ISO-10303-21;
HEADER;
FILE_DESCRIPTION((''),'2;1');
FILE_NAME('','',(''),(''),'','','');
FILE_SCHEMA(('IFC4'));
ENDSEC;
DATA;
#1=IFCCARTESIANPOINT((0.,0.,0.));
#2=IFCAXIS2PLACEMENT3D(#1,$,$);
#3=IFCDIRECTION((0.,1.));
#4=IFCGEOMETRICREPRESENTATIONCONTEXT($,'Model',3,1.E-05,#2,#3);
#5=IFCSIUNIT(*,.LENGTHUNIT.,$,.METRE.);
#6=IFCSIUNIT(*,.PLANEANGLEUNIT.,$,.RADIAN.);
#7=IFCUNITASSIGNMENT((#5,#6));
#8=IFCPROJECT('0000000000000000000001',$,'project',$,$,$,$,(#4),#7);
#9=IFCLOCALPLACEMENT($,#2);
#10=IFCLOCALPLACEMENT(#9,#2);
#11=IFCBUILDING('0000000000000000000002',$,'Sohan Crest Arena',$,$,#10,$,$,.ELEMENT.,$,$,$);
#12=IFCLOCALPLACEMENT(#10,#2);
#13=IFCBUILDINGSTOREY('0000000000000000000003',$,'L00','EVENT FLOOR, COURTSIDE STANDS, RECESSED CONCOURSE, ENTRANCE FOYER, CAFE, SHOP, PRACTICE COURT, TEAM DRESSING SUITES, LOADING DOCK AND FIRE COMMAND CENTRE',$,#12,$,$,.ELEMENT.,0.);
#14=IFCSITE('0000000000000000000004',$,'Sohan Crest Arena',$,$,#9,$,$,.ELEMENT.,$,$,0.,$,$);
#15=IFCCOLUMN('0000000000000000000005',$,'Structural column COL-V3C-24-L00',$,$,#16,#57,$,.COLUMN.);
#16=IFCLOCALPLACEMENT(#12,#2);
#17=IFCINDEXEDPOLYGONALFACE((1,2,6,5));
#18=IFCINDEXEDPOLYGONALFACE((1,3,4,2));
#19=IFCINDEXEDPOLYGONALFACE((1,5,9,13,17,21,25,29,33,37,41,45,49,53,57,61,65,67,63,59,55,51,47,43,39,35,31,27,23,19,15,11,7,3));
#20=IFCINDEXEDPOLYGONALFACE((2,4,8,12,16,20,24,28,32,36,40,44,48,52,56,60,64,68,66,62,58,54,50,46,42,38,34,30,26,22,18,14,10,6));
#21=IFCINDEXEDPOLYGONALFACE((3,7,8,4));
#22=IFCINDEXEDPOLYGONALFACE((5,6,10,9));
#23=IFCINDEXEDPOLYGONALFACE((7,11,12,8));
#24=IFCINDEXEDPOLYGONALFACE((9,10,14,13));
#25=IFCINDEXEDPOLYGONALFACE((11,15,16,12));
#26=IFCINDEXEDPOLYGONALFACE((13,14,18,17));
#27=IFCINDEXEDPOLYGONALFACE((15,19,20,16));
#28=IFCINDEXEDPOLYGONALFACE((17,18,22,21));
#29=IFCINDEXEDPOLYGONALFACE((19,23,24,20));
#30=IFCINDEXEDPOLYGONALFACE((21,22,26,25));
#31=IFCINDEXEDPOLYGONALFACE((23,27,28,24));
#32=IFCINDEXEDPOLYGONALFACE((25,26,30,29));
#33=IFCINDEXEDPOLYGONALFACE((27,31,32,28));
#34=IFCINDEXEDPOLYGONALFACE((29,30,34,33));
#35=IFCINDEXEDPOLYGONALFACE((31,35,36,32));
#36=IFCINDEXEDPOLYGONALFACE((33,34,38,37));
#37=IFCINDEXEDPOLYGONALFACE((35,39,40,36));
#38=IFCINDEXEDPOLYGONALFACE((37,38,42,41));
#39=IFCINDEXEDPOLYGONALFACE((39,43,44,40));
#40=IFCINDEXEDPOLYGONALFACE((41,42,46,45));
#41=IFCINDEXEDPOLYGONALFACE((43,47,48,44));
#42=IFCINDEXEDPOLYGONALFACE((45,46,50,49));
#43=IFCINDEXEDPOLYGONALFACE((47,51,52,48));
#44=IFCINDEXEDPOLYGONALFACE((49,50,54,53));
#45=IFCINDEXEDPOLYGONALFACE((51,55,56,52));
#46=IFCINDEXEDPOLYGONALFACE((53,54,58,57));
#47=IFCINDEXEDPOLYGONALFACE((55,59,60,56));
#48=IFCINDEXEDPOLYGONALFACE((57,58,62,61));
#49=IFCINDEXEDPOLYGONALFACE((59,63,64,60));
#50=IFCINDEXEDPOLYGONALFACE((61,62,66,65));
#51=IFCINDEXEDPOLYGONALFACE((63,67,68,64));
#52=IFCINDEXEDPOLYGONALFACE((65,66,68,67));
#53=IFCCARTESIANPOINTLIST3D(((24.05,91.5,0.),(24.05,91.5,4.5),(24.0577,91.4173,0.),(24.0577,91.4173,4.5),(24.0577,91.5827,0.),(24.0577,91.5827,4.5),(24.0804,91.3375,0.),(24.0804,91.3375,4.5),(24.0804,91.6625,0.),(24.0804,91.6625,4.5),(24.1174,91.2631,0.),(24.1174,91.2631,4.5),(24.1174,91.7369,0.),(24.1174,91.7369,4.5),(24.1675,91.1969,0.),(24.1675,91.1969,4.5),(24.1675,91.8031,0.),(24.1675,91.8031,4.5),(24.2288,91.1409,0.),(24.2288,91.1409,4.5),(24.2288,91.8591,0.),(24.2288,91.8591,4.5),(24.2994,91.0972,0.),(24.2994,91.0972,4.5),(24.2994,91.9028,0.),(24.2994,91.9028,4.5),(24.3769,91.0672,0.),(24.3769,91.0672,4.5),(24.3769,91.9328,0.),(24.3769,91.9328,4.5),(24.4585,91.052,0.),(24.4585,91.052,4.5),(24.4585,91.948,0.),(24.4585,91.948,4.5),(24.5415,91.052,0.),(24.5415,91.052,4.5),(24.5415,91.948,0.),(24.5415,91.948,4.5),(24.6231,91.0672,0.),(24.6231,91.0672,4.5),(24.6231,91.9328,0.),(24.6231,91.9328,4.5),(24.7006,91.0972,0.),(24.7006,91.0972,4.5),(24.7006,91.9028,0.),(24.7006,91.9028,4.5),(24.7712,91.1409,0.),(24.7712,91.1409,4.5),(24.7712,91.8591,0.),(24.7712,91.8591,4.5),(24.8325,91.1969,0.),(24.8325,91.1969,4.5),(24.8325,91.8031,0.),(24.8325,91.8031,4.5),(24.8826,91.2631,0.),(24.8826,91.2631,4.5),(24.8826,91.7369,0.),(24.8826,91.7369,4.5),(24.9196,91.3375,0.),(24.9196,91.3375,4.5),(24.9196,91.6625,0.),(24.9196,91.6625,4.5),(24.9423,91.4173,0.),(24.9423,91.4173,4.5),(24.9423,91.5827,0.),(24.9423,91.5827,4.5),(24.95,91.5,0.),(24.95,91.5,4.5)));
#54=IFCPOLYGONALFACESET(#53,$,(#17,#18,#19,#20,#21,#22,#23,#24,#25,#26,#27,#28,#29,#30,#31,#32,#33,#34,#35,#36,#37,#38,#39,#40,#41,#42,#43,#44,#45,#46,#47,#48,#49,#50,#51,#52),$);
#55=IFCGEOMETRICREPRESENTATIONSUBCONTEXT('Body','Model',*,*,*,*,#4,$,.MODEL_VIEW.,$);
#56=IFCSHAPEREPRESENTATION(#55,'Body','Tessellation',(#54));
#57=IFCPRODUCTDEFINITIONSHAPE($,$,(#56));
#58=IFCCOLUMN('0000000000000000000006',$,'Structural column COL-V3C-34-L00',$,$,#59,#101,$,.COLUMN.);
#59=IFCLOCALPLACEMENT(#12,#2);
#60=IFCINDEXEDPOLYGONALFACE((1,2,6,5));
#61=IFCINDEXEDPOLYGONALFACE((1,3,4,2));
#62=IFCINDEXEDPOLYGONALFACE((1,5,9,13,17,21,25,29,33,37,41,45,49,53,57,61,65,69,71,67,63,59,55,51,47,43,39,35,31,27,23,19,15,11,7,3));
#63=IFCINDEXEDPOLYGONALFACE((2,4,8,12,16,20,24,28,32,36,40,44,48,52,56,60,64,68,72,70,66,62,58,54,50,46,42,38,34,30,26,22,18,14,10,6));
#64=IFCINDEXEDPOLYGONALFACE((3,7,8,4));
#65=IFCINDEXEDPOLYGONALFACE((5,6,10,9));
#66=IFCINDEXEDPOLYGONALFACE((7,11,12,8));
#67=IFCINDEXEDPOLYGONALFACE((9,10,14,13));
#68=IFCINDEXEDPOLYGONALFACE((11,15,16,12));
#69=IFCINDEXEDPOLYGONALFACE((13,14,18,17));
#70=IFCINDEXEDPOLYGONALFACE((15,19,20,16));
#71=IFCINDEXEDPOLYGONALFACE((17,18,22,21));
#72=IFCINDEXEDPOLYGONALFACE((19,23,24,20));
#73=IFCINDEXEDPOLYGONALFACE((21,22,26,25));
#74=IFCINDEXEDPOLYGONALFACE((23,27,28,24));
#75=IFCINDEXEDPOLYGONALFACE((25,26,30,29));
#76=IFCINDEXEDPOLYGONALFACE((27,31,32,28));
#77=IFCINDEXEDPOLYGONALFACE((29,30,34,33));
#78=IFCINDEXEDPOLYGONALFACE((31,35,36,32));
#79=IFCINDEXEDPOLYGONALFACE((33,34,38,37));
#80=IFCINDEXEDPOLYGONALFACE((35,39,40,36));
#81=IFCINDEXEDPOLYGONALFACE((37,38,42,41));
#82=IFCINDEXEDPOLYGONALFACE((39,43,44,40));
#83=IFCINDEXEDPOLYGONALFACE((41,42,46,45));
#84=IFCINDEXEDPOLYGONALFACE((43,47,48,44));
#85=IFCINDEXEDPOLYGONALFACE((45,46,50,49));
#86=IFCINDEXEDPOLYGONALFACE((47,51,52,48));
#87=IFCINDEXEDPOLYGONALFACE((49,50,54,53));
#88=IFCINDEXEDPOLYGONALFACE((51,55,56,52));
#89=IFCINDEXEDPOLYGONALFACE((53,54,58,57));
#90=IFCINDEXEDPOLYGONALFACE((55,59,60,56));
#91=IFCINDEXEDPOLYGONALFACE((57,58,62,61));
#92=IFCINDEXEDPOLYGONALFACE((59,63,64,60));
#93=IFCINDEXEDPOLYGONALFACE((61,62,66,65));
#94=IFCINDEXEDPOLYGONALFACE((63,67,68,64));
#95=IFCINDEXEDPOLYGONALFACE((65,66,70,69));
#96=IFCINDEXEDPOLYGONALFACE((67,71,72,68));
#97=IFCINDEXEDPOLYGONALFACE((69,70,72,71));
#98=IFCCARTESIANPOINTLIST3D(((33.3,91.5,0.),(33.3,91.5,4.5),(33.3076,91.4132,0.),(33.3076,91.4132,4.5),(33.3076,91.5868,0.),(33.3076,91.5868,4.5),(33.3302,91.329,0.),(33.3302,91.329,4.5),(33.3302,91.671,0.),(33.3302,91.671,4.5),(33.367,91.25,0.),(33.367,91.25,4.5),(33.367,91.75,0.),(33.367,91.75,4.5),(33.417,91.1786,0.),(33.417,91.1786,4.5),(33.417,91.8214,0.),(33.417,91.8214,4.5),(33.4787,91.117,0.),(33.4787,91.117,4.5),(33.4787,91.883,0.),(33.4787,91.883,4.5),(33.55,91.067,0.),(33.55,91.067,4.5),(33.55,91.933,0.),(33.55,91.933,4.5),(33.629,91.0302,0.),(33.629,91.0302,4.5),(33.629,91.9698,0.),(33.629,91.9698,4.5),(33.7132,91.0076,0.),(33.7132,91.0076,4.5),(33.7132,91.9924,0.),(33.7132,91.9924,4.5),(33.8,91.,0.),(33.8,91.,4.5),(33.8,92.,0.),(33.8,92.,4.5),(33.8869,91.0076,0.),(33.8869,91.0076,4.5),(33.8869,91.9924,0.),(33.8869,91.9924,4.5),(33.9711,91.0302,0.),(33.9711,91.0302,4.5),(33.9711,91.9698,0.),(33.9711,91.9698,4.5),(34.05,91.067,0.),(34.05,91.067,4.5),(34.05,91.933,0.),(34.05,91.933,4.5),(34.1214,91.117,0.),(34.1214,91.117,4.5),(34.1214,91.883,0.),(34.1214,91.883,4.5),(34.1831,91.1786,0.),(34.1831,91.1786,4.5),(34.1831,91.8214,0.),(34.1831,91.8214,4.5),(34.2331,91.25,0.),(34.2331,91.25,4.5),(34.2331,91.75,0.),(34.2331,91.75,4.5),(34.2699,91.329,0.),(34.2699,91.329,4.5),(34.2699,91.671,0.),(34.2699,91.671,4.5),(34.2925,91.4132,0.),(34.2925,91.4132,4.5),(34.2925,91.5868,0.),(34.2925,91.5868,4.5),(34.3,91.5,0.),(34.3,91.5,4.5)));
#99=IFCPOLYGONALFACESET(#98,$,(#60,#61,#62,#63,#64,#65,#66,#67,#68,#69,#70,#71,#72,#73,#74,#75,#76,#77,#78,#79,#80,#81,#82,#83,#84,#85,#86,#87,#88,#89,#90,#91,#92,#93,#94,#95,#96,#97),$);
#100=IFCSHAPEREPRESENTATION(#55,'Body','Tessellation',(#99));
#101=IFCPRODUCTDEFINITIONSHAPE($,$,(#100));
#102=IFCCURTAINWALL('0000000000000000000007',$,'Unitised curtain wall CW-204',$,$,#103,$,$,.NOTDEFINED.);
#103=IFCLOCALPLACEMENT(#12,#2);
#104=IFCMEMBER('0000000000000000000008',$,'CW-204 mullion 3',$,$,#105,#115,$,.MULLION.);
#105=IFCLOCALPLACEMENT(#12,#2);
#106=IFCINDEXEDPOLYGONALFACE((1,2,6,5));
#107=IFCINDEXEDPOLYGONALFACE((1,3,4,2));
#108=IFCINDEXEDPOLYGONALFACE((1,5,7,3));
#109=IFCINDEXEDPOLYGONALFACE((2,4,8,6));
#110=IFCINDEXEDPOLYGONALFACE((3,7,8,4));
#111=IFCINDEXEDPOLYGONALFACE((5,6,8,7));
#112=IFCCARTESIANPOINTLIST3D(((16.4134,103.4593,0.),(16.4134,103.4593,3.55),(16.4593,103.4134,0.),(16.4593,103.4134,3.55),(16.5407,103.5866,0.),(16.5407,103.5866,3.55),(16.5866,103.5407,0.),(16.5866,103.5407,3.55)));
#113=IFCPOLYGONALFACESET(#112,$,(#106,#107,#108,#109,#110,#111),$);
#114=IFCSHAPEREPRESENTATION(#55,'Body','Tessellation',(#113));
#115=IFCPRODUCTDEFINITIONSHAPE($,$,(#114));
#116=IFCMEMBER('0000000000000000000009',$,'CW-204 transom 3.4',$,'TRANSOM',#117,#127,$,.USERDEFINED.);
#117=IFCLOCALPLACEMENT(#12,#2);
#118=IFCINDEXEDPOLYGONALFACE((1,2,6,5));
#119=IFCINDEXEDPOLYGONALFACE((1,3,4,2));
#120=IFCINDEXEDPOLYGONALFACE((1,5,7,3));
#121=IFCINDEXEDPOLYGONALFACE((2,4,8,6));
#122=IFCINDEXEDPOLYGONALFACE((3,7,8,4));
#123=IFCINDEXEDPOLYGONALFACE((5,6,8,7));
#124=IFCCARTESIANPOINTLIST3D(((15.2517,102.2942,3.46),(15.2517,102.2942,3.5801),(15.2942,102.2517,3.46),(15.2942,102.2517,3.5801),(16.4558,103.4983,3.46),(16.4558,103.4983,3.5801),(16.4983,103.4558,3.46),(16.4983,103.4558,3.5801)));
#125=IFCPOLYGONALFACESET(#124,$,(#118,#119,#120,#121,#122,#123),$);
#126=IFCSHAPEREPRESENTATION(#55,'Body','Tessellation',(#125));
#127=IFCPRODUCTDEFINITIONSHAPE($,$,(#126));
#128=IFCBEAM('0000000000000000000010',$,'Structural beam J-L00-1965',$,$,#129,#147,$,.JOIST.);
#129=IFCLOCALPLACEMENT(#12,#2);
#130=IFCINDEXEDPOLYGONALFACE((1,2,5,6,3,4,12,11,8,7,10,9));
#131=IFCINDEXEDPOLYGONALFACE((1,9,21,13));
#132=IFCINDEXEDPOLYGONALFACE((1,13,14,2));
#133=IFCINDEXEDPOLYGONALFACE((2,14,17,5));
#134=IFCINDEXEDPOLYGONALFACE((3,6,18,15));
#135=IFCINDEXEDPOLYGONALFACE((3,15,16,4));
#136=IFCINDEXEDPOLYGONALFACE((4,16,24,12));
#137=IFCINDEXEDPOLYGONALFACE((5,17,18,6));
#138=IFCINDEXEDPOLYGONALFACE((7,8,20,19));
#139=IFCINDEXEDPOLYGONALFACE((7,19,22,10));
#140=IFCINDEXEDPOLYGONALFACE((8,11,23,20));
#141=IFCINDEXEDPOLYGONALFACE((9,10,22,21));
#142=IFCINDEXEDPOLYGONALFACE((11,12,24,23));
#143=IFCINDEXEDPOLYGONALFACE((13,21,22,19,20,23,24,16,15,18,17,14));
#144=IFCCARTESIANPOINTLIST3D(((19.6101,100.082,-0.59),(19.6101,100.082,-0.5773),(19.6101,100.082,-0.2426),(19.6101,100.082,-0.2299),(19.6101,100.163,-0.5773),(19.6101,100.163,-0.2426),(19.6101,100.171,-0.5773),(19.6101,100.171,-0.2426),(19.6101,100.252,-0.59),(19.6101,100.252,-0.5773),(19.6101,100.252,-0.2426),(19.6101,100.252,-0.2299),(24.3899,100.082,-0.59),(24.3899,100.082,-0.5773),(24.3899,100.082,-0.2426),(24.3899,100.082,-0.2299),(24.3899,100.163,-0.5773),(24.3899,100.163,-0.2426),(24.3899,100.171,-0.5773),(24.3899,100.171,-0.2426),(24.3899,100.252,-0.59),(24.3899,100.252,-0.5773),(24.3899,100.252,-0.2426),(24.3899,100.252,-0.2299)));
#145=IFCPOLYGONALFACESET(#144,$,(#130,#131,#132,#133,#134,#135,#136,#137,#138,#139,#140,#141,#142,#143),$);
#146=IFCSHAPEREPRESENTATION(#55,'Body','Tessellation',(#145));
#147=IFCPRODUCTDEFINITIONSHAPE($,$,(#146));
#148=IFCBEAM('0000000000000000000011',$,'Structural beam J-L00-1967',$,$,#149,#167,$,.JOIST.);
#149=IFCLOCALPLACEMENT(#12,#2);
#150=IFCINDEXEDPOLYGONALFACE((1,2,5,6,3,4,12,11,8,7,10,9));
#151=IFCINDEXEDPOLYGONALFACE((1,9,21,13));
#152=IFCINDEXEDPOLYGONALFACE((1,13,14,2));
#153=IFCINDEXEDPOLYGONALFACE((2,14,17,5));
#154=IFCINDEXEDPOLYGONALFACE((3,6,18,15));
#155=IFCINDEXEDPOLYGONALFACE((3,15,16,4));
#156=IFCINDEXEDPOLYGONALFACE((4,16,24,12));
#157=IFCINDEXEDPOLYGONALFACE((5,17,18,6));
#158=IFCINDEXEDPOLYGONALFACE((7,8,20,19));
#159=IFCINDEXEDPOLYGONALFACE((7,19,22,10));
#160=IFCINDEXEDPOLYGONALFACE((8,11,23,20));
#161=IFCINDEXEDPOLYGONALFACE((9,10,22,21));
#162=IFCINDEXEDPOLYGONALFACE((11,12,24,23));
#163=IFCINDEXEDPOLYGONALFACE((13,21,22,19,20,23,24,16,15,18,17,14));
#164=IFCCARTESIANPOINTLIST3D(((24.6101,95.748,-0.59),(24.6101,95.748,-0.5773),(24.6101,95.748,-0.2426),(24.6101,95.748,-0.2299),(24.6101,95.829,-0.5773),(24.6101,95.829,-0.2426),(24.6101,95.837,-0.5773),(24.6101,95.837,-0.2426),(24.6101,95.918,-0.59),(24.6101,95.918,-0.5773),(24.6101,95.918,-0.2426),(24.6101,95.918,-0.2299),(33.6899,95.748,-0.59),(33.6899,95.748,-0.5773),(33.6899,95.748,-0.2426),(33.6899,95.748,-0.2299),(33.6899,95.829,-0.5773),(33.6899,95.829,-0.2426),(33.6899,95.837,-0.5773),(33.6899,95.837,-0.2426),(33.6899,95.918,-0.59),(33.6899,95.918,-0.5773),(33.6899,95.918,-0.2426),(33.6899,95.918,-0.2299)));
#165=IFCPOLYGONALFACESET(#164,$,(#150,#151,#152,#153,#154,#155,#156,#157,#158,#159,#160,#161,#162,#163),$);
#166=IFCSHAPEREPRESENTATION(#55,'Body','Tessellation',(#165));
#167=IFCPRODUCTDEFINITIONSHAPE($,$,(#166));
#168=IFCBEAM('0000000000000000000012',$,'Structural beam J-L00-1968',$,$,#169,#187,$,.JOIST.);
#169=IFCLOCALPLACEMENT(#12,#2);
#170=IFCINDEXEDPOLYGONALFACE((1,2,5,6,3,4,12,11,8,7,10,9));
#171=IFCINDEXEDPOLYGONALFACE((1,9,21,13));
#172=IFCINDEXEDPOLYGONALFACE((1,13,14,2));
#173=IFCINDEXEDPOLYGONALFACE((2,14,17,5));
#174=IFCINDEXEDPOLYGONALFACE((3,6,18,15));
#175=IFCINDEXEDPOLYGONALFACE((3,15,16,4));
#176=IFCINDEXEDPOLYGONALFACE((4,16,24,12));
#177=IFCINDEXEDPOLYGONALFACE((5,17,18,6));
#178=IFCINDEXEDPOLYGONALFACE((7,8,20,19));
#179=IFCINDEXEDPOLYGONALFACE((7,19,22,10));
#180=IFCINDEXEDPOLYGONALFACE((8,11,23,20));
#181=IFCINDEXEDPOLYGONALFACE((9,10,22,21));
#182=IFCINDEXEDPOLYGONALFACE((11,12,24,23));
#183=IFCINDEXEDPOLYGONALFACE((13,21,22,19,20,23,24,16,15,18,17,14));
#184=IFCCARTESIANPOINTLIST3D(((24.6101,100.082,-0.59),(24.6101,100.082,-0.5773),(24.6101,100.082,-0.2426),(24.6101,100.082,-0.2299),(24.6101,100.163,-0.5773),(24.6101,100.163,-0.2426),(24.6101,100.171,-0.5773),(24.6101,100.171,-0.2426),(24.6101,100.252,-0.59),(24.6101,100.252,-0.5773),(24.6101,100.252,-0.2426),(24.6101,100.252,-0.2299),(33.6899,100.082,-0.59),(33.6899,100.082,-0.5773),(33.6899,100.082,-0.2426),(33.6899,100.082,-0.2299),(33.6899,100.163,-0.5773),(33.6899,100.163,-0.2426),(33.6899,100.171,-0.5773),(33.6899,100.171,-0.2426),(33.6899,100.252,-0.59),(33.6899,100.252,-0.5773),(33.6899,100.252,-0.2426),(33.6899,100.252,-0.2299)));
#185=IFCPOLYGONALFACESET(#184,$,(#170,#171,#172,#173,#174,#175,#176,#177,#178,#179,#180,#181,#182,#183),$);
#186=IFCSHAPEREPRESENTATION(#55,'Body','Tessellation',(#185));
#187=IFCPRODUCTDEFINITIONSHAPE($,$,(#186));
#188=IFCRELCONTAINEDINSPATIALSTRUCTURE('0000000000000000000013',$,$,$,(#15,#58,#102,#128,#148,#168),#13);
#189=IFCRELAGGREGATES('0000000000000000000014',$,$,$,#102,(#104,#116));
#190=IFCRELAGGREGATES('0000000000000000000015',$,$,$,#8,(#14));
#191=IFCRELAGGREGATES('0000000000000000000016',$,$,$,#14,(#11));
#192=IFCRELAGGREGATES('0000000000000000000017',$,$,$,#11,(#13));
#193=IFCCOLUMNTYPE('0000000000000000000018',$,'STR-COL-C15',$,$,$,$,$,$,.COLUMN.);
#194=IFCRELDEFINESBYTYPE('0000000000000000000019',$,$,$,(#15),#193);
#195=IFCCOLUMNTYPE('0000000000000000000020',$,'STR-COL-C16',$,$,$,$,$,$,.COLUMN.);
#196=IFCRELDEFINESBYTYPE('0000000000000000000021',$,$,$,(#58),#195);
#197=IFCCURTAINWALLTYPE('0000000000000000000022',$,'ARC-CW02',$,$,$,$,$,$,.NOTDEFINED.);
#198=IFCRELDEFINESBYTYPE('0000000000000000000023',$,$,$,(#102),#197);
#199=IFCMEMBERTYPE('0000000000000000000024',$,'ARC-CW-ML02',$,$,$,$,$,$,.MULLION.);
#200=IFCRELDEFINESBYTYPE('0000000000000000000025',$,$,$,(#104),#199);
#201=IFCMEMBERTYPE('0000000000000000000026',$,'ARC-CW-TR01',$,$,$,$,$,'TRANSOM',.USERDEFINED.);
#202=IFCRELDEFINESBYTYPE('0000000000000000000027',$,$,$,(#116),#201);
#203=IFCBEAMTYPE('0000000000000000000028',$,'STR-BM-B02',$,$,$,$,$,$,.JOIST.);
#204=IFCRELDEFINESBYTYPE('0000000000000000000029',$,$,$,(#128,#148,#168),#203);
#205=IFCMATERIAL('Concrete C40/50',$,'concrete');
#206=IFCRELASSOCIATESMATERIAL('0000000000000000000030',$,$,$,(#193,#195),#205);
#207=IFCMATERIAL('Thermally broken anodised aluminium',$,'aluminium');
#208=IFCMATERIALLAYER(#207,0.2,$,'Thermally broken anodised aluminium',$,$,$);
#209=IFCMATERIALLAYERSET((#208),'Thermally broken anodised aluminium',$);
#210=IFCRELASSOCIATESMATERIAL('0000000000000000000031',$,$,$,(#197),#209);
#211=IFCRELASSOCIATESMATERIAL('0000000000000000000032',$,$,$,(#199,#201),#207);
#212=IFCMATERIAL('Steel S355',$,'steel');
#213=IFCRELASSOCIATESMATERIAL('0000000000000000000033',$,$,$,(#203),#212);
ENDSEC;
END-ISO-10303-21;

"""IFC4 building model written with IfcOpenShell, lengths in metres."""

from ifc_helpers import new_model, si_unit, direction, frame, origin, origin_2d, place, context, subcontext, project, spatial, rectangle, circle, i_section, extrude, material, layer, layer_set, material_profile, profile_set, type_object, element, aggregate, save


model = new_model("IFC4")

# Units and contexts
model_context = context("Model", 3, precision=1e-05, world=origin(), true_north=direction((0.0, 1.0)))
body_context = subcontext(model_context, "Body", "Model", "MODEL_VIEW")
ifc_project = project(units=[si_unit("LENGTHUNIT", "METRE"), si_unit("PLANEANGLEUNIT", "RADIAN")], contexts=[model_context])

# Site, building, storey
site_placement = place(None, origin())
site = spatial("IfcSite", under=ifc_project, at=site_placement, Name="Sohan Crest Arena", CompositionType="ELEMENT", RefElevation=0.0)
building_placement = place(site_placement, origin())
building = spatial("IfcBuilding", under=site, at=building_placement, Name="Sohan Crest Arena", CompositionType="ELEMENT")
storey_placement = place(building_placement, origin())
storey = spatial("IfcBuildingStorey", under=building, at=storey_placement, Name="L00", Description="EVENT FLOOR, COURTSIDE STANDS, RECESSED CONCOURSE, ENTRANCE FOYER, CAFE, SHOP, PRACTICE COURT, TEAM DRESSING SUITES, LOADING DOCK AND FIRE COMMAND CENTRE", CompositionType="ELEMENT", Elevation=0.0)

# Columns
ifc_material_1 = material(Name="Concrete C40/50", Category="concrete")
ifc_material_profile_1 = material_profile(ifc_material_1, circle(Radius=0.45, at=origin_2d()), Name="RC D900")
ifc_profile_set_1 = profile_set([ifc_material_profile_1], Name="Concrete C40/50")
column_type_1 = type_object("IfcColumnType", Name="STR-COL-C15", PredefinedType="COLUMN", material=ifc_profile_set_1)
column_1_placement = place(storey_placement, frame((24.5, 91.5, 0.0), z_axis=(0.0, 0.0, 1.0), x_axis=(1.0, 0.0, 0.0)))
element("IfcColumn", 1, at=column_1_placement, inside=storey, type_object=column_type_1, Name="Structural column COL-V3C-24-L00", PredefinedType="COLUMN", context=body_context, shape_type="SweptSolid", body=[
    extrude(circle(Radius=0.45, at=origin_2d()), origin(), (0.0, 0.0, 1.0), 4.5),
])
ifc_material_profile_2 = material_profile(ifc_material_1, circle(Radius=0.5, at=origin_2d()), Name="RC D1000")
ifc_profile_set_2 = profile_set([ifc_material_profile_2], Name="Concrete C40/50")
column_type_2 = type_object("IfcColumnType", Name="STR-COL-C16", PredefinedType="COLUMN", material=ifc_profile_set_2)
column_2_placement = place(storey_placement, frame((33.8, 91.5, 0.0), z_axis=(0.0, 0.0, 1.0), x_axis=(1.0, 0.0, 0.0)))
element("IfcColumn", 2, at=column_2_placement, inside=storey, type_object=column_type_2, Name="Structural column COL-V3C-34-L00", PredefinedType="COLUMN", context=body_context, shape_type="SweptSolid", body=[
    extrude(circle(Radius=0.5, at=origin_2d()), origin(), (0.0, 0.0, 1.0), 4.5),
])

# Curtain wall, members
ifc_material_2 = material(Name="Thermally broken anodised aluminium", Category="aluminium")
ifc_layer_1 = layer(ifc_material_2, 0.2, Name="Thermally broken anodised aluminium")
ifc_layer_set_1 = layer_set([ifc_layer_1], Name="Thermally broken anodised aluminium")
curtain_wall_type = type_object("IfcCurtainWallType", Name="ARC-CW02", PredefinedType="NOTDEFINED", material=ifc_layer_set_1)
curtain_wall_placement = place(storey_placement, origin())
curtain_wall = element("IfcCurtainWall", 3, at=curtain_wall_placement, inside=storey, type_object=curtain_wall_type, Name="Unitised curtain wall CW-204", PredefinedType="NOTDEFINED")
ifc_material_profile_3 = material_profile(ifc_material_2, rectangle(XDim=0.0649, YDim=0.1799, at=origin_2d()), Name="ALU-MULL 65x180")
ifc_profile_set_3 = profile_set([ifc_material_profile_3], Name="Thermally broken anodised aluminium")
member_type_1 = type_object("IfcMemberType", Name="ARC-CW-ML02", PredefinedType="MULLION", material=ifc_profile_set_3)
member_1_placement = place(storey_placement, frame((16.5, 103.5, 0.0), z_axis=(0.0, 0.0, 1.0), x_axis=(0.707107, -0.707107, 0.0)))
member_1 = element("IfcMember", 4, at=member_1_placement, type_object=member_type_1, Name="CW-204 mullion 3", PredefinedType="MULLION", context=body_context, shape_type="SweptSolid", body=[
    extrude(rectangle(XDim=0.0649, YDim=0.1799, at=origin_2d()), origin(), (0.0, 0.0, 1.0), 3.55),
])
ifc_material_profile_4 = material_profile(ifc_material_2, rectangle(XDim=0.0601, YDim=0.1201, at=origin_2d()), Name="ALU-TRAN 60x120")
ifc_profile_set_4 = profile_set([ifc_material_profile_4], Name="Thermally broken anodised aluminium")
member_type_2 = type_object("IfcMemberType", Name="ARC-CW-TR01", ElementType="TRANSOM", PredefinedType="USERDEFINED", material=ifc_profile_set_4)
member_2_placement = place(storey_placement, frame((16.4771, 103.4771, 3.52), z_axis=(-0.707107, -0.707107, 0.0), x_axis=(0.707107, -0.707107, 0.0)))
member_2 = element("IfcMember", 5, at=member_2_placement, type_object=member_type_2, Name="CW-204 transom 3.4", ObjectType="TRANSOM", PredefinedType="USERDEFINED", context=body_context, shape_type="SweptSolid", body=[
    extrude(rectangle(XDim=0.0601, YDim=0.1201, at=origin_2d()), origin(), (0.0, 0.0, 1.0), 1.7029),
])

# Beams
ifc_material_3 = material(Name="Steel S355", Category="steel")
ifc_material_profile_5 = material_profile(ifc_material_3, i_section(OverallWidth=0.1699, OverallDepth=0.3601, WebThickness=0.0081, FlangeThickness=0.0127, at=origin_2d()), Name="IPE 360")
ifc_profile_set_5 = profile_set([ifc_material_profile_5], Name="Steel S355")
beam_type_1 = type_object("IfcBeamType", Name="STR-BM-B02", PredefinedType="JOIST", material=ifc_profile_set_5)
beam_1_placement = place(storey_placement, frame((19.6101, 100.167, -0.4099), z_axis=(1.0, 0.0, 0.0), x_axis=(0.0, 1.0, 0.0)))
element("IfcBeam", 6, at=beam_1_placement, inside=storey, type_object=beam_type_1, Name="Structural beam J-L00-1965", PredefinedType="JOIST", context=body_context, shape_type="SweptSolid", body=[
    extrude(i_section(OverallWidth=0.1699, OverallDepth=0.3601, WebThickness=0.0081, FlangeThickness=0.0127, at=origin_2d()), origin(), (0.0, 0.0, 1.0), 4.7798),
])
for number, where, z_axis, x_axis, name in (
    (7, (24.6101, 95.833, -0.4099), (1.0, 0.0, 0.0), (0.0, 1.0, 0.0), "Structural beam J-L00-1967"),
    (8, (24.6101, 100.167, -0.4099), (1.0, 0.0, 0.0), (0.0, 1.0, 0.0), "Structural beam J-L00-1968"),
):
    element("IfcBeam", number, at=place(storey_placement, frame(where, z_axis=z_axis, x_axis=x_axis)), inside=storey, type_object=beam_type_1, Name=name, PredefinedType="JOIST", context=body_context, shape_type="SweptSolid", body=[
        extrude(i_section(OverallWidth=0.1699, OverallDepth=0.3601, WebThickness=0.0081, FlangeThickness=0.0127, at=origin_2d()), origin(), (0.0, 0.0, 1.0), 9.0798),
    ])

aggregate(curtain_wall, [member_1, member_2])

save(model, "model.ifc")
